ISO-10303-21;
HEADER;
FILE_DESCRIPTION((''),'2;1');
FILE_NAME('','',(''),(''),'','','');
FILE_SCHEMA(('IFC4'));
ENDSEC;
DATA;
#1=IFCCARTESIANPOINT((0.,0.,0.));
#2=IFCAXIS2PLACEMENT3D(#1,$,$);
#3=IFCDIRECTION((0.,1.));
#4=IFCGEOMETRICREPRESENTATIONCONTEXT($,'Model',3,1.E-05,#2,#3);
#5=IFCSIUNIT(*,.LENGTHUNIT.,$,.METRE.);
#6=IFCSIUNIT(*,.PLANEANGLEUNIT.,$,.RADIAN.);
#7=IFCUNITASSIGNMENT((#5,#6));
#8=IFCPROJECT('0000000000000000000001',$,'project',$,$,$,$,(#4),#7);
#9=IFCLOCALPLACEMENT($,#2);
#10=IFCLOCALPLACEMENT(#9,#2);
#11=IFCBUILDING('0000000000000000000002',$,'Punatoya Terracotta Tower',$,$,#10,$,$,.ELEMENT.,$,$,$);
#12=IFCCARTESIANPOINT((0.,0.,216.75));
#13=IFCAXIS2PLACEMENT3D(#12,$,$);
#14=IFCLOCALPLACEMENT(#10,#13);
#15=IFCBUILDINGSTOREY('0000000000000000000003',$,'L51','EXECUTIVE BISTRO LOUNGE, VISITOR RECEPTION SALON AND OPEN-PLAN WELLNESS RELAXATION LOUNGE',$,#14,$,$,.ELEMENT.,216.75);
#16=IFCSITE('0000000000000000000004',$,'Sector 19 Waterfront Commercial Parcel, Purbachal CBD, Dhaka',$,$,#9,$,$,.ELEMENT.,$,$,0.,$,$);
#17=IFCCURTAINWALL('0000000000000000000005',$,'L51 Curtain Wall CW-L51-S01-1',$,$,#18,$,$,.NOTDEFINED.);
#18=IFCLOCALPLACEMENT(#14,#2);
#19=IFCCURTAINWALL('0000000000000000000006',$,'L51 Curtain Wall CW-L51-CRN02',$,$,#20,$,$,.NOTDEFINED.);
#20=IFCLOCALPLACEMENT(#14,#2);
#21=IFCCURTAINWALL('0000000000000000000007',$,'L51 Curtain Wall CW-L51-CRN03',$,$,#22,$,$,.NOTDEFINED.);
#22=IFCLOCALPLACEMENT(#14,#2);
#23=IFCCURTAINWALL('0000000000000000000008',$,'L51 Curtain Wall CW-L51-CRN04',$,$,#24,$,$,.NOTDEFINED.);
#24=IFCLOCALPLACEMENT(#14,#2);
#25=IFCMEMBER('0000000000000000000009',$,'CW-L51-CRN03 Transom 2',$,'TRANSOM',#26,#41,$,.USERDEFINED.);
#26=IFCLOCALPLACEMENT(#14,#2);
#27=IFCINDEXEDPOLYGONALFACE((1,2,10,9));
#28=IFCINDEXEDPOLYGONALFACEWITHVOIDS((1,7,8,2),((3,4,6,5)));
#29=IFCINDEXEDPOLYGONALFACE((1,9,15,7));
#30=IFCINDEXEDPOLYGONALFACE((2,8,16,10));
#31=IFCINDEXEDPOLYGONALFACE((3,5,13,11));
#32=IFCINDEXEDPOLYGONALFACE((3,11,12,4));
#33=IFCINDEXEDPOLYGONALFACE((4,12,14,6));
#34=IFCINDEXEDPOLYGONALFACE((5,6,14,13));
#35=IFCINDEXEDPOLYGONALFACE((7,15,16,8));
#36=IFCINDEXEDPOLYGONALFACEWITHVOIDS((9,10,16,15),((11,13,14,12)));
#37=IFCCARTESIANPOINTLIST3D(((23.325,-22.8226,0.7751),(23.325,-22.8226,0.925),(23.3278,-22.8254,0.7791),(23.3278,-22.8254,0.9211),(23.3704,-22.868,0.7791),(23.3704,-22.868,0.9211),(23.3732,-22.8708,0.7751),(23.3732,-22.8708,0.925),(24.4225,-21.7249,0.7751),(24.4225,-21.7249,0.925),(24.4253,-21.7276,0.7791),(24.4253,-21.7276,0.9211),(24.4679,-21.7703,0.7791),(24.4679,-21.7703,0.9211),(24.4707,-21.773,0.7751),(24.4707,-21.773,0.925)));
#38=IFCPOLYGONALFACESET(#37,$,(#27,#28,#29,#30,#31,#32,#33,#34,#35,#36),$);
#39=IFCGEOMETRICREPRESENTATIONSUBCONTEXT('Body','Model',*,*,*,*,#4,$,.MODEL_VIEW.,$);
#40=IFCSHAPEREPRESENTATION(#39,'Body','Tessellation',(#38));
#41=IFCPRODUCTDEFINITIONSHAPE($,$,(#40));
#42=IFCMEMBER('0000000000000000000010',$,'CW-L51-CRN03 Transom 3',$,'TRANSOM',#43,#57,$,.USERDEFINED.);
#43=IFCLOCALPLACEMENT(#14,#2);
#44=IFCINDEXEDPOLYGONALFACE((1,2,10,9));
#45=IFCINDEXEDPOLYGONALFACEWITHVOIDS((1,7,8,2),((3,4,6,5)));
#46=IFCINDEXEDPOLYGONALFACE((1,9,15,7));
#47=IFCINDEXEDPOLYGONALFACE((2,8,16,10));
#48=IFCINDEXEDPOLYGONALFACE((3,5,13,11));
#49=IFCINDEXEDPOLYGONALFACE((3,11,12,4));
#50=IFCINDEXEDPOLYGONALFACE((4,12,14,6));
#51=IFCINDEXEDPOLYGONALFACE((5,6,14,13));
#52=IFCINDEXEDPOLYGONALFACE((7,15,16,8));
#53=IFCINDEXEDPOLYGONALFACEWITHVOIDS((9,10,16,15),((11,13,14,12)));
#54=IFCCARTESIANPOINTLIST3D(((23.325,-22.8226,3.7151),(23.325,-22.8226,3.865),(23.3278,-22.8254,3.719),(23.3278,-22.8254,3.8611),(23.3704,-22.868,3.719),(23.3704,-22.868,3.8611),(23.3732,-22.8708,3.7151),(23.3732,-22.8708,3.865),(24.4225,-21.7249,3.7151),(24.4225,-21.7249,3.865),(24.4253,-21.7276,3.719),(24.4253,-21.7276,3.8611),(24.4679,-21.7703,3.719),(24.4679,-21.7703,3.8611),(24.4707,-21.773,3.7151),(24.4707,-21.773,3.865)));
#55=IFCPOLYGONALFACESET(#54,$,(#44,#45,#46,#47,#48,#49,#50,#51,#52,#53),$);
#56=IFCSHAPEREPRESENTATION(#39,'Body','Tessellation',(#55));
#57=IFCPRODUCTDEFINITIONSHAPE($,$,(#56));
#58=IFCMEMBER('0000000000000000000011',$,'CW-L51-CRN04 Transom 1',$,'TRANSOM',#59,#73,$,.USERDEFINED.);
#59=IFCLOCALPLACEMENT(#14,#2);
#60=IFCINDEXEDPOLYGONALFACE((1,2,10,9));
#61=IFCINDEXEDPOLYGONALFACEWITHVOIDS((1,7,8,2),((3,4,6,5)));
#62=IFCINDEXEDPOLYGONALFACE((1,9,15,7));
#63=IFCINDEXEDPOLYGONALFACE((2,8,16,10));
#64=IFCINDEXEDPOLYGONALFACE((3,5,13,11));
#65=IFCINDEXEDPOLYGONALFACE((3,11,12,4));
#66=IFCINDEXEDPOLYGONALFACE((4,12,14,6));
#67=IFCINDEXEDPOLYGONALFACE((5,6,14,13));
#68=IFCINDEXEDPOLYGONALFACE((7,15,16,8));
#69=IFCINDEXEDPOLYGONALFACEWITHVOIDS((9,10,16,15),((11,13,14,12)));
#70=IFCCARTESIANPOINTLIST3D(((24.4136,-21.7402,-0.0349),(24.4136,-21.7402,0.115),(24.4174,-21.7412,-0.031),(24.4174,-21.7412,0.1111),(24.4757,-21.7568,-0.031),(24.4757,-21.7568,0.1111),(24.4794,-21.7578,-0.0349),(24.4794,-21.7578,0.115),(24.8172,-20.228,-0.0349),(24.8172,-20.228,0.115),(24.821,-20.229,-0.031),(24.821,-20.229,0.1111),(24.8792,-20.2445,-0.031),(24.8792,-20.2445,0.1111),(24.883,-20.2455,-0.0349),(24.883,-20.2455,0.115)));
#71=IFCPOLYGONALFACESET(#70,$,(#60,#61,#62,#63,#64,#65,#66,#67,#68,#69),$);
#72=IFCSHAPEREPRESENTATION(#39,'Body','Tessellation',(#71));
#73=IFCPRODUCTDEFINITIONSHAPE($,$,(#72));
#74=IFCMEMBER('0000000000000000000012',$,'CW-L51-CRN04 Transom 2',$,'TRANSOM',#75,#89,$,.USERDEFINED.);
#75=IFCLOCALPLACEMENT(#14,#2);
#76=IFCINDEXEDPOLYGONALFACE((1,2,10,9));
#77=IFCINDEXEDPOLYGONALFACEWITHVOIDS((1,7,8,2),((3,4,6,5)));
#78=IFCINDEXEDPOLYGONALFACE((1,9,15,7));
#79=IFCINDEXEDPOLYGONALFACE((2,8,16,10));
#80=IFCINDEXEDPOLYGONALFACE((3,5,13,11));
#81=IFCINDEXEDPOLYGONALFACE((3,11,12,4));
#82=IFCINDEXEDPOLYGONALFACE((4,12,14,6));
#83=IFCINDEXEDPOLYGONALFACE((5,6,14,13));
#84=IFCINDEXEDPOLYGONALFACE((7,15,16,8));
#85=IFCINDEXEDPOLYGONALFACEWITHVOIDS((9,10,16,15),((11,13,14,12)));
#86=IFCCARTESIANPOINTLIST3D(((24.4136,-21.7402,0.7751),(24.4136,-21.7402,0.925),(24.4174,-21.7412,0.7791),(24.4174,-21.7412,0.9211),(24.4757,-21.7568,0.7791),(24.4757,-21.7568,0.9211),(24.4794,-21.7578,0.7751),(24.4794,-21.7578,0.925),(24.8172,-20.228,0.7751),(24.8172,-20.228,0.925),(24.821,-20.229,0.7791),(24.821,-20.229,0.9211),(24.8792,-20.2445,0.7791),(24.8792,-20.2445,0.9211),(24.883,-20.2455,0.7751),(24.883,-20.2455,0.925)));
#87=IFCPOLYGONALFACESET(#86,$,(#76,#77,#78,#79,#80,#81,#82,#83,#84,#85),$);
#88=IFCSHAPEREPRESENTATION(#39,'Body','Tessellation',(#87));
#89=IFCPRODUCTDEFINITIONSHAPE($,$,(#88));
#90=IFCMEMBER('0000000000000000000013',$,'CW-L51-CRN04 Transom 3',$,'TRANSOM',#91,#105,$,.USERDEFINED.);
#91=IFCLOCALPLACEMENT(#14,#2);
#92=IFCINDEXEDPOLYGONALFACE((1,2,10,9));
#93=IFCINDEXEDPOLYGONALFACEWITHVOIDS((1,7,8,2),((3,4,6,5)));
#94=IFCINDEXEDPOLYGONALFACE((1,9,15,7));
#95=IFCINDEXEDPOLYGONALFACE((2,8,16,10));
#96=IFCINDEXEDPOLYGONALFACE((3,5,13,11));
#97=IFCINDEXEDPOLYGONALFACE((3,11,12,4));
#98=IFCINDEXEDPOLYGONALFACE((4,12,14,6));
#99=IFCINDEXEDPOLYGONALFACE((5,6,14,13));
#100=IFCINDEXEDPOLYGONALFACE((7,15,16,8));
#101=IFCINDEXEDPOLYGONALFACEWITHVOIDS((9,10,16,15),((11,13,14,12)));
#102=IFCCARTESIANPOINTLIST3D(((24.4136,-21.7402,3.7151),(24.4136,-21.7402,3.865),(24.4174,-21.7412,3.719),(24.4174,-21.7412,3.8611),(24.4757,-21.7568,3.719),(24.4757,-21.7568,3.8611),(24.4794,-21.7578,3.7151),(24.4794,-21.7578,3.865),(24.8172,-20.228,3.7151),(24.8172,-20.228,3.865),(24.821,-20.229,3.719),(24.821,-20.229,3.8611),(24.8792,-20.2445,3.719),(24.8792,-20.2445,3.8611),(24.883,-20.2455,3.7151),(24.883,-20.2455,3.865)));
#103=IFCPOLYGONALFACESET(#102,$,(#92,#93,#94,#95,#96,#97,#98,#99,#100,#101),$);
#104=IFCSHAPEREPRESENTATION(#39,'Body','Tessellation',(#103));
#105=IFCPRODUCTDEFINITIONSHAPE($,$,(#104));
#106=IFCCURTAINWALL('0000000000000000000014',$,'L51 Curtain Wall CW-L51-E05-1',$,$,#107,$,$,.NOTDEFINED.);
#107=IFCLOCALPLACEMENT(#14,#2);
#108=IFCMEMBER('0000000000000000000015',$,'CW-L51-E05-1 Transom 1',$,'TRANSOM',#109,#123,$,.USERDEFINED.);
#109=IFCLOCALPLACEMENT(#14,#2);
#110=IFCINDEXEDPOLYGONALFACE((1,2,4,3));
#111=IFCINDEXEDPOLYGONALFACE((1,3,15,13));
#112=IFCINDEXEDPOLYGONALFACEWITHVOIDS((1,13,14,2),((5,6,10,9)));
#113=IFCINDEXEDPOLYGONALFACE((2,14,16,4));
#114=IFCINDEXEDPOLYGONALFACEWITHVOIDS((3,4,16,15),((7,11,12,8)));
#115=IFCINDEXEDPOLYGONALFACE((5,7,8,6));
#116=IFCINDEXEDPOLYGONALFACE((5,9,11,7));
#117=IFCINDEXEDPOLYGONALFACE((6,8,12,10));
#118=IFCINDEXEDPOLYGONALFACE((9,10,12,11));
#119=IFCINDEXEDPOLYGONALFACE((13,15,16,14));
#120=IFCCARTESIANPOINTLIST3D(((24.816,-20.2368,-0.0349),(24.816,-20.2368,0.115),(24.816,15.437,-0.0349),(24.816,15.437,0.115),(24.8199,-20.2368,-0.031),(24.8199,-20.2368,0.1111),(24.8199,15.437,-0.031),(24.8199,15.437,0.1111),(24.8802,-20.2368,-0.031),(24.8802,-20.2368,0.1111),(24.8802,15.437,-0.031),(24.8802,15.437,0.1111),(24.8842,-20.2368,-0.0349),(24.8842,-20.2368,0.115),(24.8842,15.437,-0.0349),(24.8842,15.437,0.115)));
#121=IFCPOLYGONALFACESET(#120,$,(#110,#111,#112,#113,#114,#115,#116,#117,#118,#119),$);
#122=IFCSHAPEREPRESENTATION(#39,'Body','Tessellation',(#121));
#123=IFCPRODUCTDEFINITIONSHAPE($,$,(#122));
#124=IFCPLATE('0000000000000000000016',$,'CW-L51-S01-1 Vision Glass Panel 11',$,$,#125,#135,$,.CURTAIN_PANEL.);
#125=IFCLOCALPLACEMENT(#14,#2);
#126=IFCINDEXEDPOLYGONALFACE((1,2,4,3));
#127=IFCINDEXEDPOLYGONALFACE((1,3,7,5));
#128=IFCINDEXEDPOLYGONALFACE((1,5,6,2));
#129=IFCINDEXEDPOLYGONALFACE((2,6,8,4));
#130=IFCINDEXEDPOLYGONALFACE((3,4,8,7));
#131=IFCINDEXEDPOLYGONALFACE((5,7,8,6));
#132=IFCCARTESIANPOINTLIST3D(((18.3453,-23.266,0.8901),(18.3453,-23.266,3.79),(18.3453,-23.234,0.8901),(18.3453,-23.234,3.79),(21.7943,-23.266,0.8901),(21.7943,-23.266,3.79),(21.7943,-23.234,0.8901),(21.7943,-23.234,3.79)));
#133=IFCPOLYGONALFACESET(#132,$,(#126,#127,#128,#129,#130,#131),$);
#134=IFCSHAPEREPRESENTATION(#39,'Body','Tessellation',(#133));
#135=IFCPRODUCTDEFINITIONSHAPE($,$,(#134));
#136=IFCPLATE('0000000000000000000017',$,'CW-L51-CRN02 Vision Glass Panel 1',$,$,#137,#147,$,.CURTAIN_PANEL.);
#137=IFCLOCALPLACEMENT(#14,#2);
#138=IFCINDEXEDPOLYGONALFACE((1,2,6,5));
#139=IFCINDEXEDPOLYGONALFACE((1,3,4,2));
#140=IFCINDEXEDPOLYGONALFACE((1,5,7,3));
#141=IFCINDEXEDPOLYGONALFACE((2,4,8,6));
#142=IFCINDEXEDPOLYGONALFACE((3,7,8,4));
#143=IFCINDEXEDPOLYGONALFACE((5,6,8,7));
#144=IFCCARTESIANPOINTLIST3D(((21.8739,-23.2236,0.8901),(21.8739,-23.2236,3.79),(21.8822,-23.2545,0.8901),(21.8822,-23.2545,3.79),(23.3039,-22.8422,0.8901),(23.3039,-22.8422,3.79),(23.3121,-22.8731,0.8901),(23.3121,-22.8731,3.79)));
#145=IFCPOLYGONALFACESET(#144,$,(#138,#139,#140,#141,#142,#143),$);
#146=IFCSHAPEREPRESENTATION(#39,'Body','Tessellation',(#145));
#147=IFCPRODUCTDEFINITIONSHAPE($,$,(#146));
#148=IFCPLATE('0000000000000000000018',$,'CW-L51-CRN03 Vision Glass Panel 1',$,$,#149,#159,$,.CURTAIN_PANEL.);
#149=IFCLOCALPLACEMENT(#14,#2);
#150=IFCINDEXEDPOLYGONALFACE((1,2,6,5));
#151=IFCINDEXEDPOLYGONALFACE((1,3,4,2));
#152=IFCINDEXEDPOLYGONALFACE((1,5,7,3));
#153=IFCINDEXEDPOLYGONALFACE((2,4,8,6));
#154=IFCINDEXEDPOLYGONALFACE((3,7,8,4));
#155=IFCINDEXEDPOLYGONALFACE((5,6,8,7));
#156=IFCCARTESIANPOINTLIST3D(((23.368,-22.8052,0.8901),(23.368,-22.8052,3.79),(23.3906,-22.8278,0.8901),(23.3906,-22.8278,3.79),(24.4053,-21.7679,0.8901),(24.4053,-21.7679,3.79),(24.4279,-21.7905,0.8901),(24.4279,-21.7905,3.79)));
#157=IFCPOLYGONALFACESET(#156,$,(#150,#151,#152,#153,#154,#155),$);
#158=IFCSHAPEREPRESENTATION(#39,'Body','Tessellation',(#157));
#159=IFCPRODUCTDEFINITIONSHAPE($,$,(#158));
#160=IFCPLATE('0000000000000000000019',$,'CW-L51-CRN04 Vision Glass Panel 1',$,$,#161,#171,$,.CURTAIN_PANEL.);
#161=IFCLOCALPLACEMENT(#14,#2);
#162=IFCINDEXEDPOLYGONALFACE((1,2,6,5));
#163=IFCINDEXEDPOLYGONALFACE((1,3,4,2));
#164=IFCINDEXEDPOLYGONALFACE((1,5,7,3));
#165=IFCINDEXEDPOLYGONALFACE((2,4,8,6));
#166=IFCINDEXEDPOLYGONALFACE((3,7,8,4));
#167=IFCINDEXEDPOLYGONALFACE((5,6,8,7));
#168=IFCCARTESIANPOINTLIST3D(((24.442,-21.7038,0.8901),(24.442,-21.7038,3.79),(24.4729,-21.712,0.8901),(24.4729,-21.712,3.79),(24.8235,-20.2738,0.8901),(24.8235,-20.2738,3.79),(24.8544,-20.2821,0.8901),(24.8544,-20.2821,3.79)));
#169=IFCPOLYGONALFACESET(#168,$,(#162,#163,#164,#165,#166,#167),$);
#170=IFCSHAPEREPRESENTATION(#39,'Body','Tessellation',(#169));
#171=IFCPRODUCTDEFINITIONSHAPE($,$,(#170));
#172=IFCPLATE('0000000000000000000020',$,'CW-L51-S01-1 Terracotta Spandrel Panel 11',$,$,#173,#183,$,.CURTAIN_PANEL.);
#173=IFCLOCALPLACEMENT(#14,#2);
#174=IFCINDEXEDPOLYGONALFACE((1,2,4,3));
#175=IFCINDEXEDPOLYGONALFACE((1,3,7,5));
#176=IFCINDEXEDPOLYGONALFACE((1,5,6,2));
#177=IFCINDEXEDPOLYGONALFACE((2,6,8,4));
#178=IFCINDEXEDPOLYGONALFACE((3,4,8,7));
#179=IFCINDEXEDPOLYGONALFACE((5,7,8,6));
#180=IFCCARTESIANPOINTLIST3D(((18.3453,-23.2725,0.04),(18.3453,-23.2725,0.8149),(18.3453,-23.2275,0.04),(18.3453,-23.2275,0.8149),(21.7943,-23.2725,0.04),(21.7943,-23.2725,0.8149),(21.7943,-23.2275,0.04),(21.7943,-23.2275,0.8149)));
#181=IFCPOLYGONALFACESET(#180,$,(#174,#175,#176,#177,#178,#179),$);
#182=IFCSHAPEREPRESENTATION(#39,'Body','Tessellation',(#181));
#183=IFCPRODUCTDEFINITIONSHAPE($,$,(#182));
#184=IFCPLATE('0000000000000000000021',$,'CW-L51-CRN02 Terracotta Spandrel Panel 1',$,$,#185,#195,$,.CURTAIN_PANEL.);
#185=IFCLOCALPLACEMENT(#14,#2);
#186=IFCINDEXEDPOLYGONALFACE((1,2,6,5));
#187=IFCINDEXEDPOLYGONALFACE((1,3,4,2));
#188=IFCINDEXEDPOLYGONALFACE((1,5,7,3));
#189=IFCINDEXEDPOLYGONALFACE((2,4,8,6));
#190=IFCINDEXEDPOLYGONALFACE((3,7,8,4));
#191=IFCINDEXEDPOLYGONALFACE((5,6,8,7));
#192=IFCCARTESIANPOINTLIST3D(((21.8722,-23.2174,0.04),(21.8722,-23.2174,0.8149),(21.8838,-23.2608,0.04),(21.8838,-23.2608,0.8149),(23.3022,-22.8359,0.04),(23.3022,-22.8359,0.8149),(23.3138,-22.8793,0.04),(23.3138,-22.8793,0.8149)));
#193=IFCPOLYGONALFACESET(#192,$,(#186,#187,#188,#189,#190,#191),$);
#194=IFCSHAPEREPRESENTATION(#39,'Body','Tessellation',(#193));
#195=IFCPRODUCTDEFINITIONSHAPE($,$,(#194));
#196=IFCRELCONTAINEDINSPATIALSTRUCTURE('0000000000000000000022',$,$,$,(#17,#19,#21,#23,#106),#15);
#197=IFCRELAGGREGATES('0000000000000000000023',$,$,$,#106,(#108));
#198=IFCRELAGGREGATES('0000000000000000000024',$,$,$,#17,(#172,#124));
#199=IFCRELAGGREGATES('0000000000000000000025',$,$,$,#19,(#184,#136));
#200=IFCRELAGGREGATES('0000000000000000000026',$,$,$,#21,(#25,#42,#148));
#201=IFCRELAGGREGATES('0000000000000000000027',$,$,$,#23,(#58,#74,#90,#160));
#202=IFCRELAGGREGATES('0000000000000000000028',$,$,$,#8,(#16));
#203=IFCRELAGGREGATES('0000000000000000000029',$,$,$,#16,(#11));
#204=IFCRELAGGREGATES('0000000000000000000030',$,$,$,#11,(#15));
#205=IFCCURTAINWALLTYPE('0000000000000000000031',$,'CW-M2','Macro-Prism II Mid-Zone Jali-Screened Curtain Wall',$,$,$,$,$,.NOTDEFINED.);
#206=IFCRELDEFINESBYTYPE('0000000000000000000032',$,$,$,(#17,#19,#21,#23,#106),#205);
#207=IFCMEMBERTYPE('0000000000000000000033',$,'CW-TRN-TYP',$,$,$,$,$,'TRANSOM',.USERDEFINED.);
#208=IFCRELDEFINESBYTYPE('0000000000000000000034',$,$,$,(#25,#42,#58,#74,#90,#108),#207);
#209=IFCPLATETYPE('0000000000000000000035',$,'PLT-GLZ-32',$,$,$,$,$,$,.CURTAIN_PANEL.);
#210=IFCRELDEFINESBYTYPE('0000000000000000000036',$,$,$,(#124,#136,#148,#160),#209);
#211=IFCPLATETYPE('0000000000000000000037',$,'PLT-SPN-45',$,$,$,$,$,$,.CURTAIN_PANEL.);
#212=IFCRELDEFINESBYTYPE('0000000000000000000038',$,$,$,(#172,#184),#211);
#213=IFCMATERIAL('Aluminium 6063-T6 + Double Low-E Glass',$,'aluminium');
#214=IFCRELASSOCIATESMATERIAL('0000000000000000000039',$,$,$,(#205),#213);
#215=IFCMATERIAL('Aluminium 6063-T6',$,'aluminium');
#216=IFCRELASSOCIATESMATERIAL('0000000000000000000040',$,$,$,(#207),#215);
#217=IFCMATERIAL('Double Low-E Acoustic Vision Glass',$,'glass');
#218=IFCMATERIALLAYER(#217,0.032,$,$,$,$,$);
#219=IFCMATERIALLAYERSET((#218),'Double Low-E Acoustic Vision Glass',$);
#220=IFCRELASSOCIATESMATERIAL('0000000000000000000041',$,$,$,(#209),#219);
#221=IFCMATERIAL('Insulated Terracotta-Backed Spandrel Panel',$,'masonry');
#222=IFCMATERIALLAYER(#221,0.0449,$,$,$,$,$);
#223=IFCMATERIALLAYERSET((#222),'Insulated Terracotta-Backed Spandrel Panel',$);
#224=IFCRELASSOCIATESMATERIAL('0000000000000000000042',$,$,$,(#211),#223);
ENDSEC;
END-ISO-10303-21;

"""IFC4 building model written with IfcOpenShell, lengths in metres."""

from ifc_helpers import new_model, si_unit, direction, frame, origin, origin_2d, place, context, subcontext, project, spatial, rectangle, hollow_rectangle, extrude, material, layer, layer_set, material_profile, profile_set, type_object, element, aggregate, save


model = new_model("IFC4")

# Units and contexts
model_context = context("Model", 3, precision=1e-05, world=origin(), true_north=direction((0.0, 1.0)))
body_context = subcontext(model_context, "Body", "Model", "MODEL_VIEW")
ifc_project = project(units=[si_unit("LENGTHUNIT", "METRE"), si_unit("PLANEANGLEUNIT", "RADIAN")], contexts=[model_context])

# Site, building, storey
site_placement = place(None, origin())
site = spatial("IfcSite", under=ifc_project, at=site_placement, Name="Sector 19 Waterfront Commercial Parcel, Purbachal CBD, Dhaka", CompositionType="ELEMENT", RefElevation=0.0)
building_placement = place(site_placement, origin())
building = spatial("IfcBuilding", under=site, at=building_placement, Name="Punatoya Terracotta Tower", CompositionType="ELEMENT")
storey_placement = place(building_placement, frame((0.0, 0.0, 216.75)))
storey = spatial("IfcBuildingStorey", under=building, at=storey_placement, Name="L51", Description="EXECUTIVE BISTRO LOUNGE, VISITOR RECEPTION SALON AND OPEN-PLAN WELLNESS RELAXATION LOUNGE", CompositionType="ELEMENT", Elevation=216.75)

# Curtain wall
ifc_material_1 = material(Name="Aluminium 6063-T6 + Double Low-E Glass", Category="aluminium")
curtain_wall_type = type_object("IfcCurtainWallType", Name="CW-M2", Description="Macro-Prism II Mid-Zone Jali-Screened Curtain Wall", PredefinedType="NOTDEFINED", material=ifc_material_1)
curtain_wall_1_placement = place(storey_placement, origin())
curtain_wall_1 = element("IfcCurtainWall", 1, at=curtain_wall_1_placement, inside=storey, type_object=curtain_wall_type, Name="L51 Curtain Wall CW-L51-S01-1", PredefinedType="NOTDEFINED")
ifc_material_2 = material(Name="Aluminium 6063-T6", Category="aluminium")

# Curtain walls
curtain_wall_2_placement = place(storey_placement, origin())
curtain_wall_2 = element("IfcCurtainWall", 2, at=curtain_wall_2_placement, inside=storey, type_object=curtain_wall_type, Name="L51 Curtain Wall CW-L51-CRN02", PredefinedType="NOTDEFINED")
curtain_wall_3_placement = place(storey_placement, origin())
curtain_wall_3 = element("IfcCurtainWall", 3, at=curtain_wall_3_placement, inside=storey, type_object=curtain_wall_type, Name="L51 Curtain Wall CW-L51-CRN03", PredefinedType="NOTDEFINED")
curtain_wall_4_placement = place(storey_placement, origin())
curtain_wall_4 = element("IfcCurtainWall", 4, at=curtain_wall_4_placement, inside=storey, type_object=curtain_wall_type, Name="L51 Curtain Wall CW-L51-CRN04", PredefinedType="NOTDEFINED")

# Members
ifc_material_profile_1 = material_profile(ifc_material_2, hollow_rectangle(XDim=0.0681, YDim=0.1499, WallThickness=0.0039, at=origin_2d()))
ifc_profile_set_1 = profile_set([ifc_material_profile_1], Name="Aluminium 6063-T6")
member_type_1 = type_object("IfcMemberType", Name="CW-TRN-TYP", ElementType="TRANSOM", PredefinedType="USERDEFINED", material=ifc_profile_set_1)
member_1_placement = place(storey_placement, frame((23.3491, -22.8467, 0.8501), z_axis=(0.707028, 0.707185, 0.0), x_axis=(-0.707185, 0.707028, 0.0)))
member_1 = element("IfcMember", 5, at=member_1_placement, type_object=member_type_1, Name="CW-L51-CRN03 Transom 2", ObjectType="TRANSOM", PredefinedType="USERDEFINED", context=body_context, shape_type="SweptSolid", body=[
    extrude(hollow_rectangle(XDim=0.0681, YDim=0.1499, WallThickness=0.0039, at=origin_2d()), origin(), (0.0, 0.0, 1.0), 1.5522),
])
member_2_placement = place(storey_placement, frame((23.3491, -22.8467, 3.79), z_axis=(0.707028, 0.707185, 0.0), x_axis=(-0.707185, 0.707028, 0.0)))
member_2 = element("IfcMember", 6, at=member_2_placement, type_object=member_type_1, Name="CW-L51-CRN03 Transom 3", ObjectType="TRANSOM", PredefinedType="USERDEFINED", context=body_context, shape_type="SweptSolid", body=[
    extrude(hollow_rectangle(XDim=0.0681, YDim=0.1499, WallThickness=0.0039, at=origin_2d()), origin(), (0.0, 0.0, 1.0), 1.5522),
])
member_3_placement = place(storey_placement, frame((24.4465, -21.749, 0.04), z_axis=(0.257847, 0.966186, 0.0), x_axis=(-0.966186, 0.257847, 0.0)))
member_3 = element("IfcMember", 7, at=member_3_placement, type_object=member_type_1, Name="CW-L51-CRN04 Transom 1", ObjectType="TRANSOM", PredefinedType="USERDEFINED", context=body_context, shape_type="SweptSolid", body=[
    extrude(hollow_rectangle(XDim=0.0681, YDim=0.1499, WallThickness=0.0039, at=origin_2d()), origin(), (0.0, 0.0, 1.0), 1.5652),
])
member_4_placement = place(storey_placement, frame((24.4465, -21.749, 0.8501), z_axis=(0.257847, 0.966186, 0.0), x_axis=(-0.966186, 0.257847, 0.0)))
member_4 = element("IfcMember", 8, at=member_4_placement, type_object=member_type_1, Name="CW-L51-CRN04 Transom 2", ObjectType="TRANSOM", PredefinedType="USERDEFINED", context=body_context, shape_type="SweptSolid", body=[
    extrude(hollow_rectangle(XDim=0.0681, YDim=0.1499, WallThickness=0.0039, at=origin_2d()), origin(), (0.0, 0.0, 1.0), 1.5652),
])
member_5_placement = place(storey_placement, frame((24.4465, -21.749, 3.79), z_axis=(0.257847, 0.966186, 0.0), x_axis=(-0.966186, 0.257847, 0.0)))
member_5 = element("IfcMember", 9, at=member_5_placement, type_object=member_type_1, Name="CW-L51-CRN04 Transom 3", ObjectType="TRANSOM", PredefinedType="USERDEFINED", context=body_context, shape_type="SweptSolid", body=[
    extrude(hollow_rectangle(XDim=0.0681, YDim=0.1499, WallThickness=0.0039, at=origin_2d()), origin(), (0.0, 0.0, 1.0), 1.5652),
])

# Curtain wall, member
curtain_wall_5_placement = place(storey_placement, origin())
curtain_wall_5 = element("IfcCurtainWall", 10, at=curtain_wall_5_placement, inside=storey, type_object=curtain_wall_type, Name="L51 Curtain Wall CW-L51-E05-1", PredefinedType="NOTDEFINED")
member_6_placement = place(storey_placement, frame((24.8501, -20.2368, 0.04), z_axis=(0.0, 1.0, 0.0), x_axis=(-1.0, 0.0, 0.0)))
member_6 = element("IfcMember", 11, at=member_6_placement, type_object=member_type_1, Name="CW-L51-E05-1 Transom 1", ObjectType="TRANSOM", PredefinedType="USERDEFINED", context=body_context, shape_type="SweptSolid", body=[
    extrude(hollow_rectangle(XDim=0.0681, YDim=0.1499, WallThickness=0.0039, at=origin_2d()), origin(), (0.0, 0.0, 1.0), 35.6738),
])
aggregate(curtain_wall_5, [member_6])

# Plates
ifc_material_3 = material(Name="Double Low-E Acoustic Vision Glass", Category="glass")
ifc_layer_1 = layer(ifc_material_3, 0.032)
ifc_layer_set_1 = layer_set([ifc_layer_1], Name="Double Low-E Acoustic Vision Glass")
plate_type_1 = type_object("IfcPlateType", Name="PLT-GLZ-32", PredefinedType="CURTAIN_PANEL", material=ifc_layer_set_1)
plate_1_placement = place(storey_placement, frame((20.0698, -23.25, 0.8901), z_axis=(0.0, 0.0, 1.0), x_axis=(1.0, 0.0, 0.0)))
plate_1 = element("IfcPlate", 12, at=plate_1_placement, type_object=plate_type_1, Name="CW-L51-S01-1 Vision Glass Panel 11", PredefinedType="CURTAIN_PANEL", context=body_context, shape_type="SweptSolid", body=[
    extrude(rectangle(XDim=3.449, YDim=0.032, at=origin_2d()), origin(), (0.0, 0.0, 1.0), 2.8999),
])
plate_2_placement = place(storey_placement, frame((22.593, -23.0483, 0.8901), z_axis=(0.0, 0.0, 1.0), x_axis=(0.966214, 0.257742, 0.0)))
plate_2 = element("IfcPlate", 13, at=plate_2_placement, type_object=plate_type_1, Name="CW-L51-CRN02 Vision Glass Panel 1", PredefinedType="CURTAIN_PANEL", context=body_context, shape_type="SweptSolid", body=[
    extrude(rectangle(XDim=1.48, YDim=0.032, at=origin_2d()), origin(), (0.0, 0.0, 1.0), 2.8999),
])
plate_3_placement = place(storey_placement, frame((23.8979, -22.2979, 0.8901), z_axis=(0.0, 0.0, 1.0), x_axis=(0.707107, 0.707107, 0.0)))
plate_3 = element("IfcPlate", 14, at=plate_3_placement, type_object=plate_type_1, Name="CW-L51-CRN03 Vision Glass Panel 1", PredefinedType="CURTAIN_PANEL", context=body_context, shape_type="SweptSolid", body=[
    extrude(rectangle(XDim=1.467, YDim=0.032, at=origin_2d()), origin(), (0.0, 0.0, 1.0), 2.8999),
])
plate_4_placement = place(storey_placement, frame((24.6482, -20.9929, 0.8901), z_axis=(0.0, 0.0, 1.0), x_axis=(0.257742, 0.966214, 0.0)))
plate_4 = element("IfcPlate", 15, at=plate_4_placement, type_object=plate_type_1, Name="CW-L51-CRN04 Vision Glass Panel 1", PredefinedType="CURTAIN_PANEL", context=body_context, shape_type="SweptSolid", body=[
    extrude(rectangle(XDim=1.48, YDim=0.032, at=origin_2d()), origin(), (0.0, 0.0, 1.0), 2.8999),
])
ifc_material_4 = material(Name="Insulated Terracotta-Backed Spandrel Panel", Category="masonry")
ifc_layer_2 = layer(ifc_material_4, 0.0449)
ifc_layer_set_2 = layer_set([ifc_layer_2], Name="Insulated Terracotta-Backed Spandrel Panel")
plate_type_2 = type_object("IfcPlateType", Name="PLT-SPN-45", PredefinedType="CURTAIN_PANEL", material=ifc_layer_set_2)
plate_5_placement = place(storey_placement, frame((20.0698, -23.25, 0.04), z_axis=(0.0, 0.0, 1.0), x_axis=(1.0, 0.0, 0.0)))
plate_5 = element("IfcPlate", 16, at=plate_5_placement, type_object=plate_type_2, Name="CW-L51-S01-1 Terracotta Spandrel Panel 11", PredefinedType="CURTAIN_PANEL", context=body_context, shape_type="SweptSolid", body=[
    extrude(rectangle(XDim=3.449, YDim=0.0449, at=origin_2d()), origin(), (0.0, 0.0, 1.0), 0.7749),
])
aggregate(curtain_wall_1, [plate_5, plate_1])
plate_6_placement = place(storey_placement, frame((22.593, -23.0483, 0.04), z_axis=(0.0, 0.0, 1.0), x_axis=(0.966214, 0.257742, 0.0)))
plate_6 = element("IfcPlate", 17, at=plate_6_placement, type_object=plate_type_2, Name="CW-L51-CRN02 Terracotta Spandrel Panel 1", PredefinedType="CURTAIN_PANEL", context=body_context, shape_type="SweptSolid", body=[
    extrude(rectangle(XDim=1.48, YDim=0.0449, at=origin_2d()), origin(), (0.0, 0.0, 1.0), 0.7749),
])
aggregate(curtain_wall_2, [plate_6, plate_2])
aggregate(curtain_wall_3, [member_1, member_2, plate_3])
aggregate(curtain_wall_4, [member_3, member_4, member_5, plate_4])

save(model, "model.ifc")
